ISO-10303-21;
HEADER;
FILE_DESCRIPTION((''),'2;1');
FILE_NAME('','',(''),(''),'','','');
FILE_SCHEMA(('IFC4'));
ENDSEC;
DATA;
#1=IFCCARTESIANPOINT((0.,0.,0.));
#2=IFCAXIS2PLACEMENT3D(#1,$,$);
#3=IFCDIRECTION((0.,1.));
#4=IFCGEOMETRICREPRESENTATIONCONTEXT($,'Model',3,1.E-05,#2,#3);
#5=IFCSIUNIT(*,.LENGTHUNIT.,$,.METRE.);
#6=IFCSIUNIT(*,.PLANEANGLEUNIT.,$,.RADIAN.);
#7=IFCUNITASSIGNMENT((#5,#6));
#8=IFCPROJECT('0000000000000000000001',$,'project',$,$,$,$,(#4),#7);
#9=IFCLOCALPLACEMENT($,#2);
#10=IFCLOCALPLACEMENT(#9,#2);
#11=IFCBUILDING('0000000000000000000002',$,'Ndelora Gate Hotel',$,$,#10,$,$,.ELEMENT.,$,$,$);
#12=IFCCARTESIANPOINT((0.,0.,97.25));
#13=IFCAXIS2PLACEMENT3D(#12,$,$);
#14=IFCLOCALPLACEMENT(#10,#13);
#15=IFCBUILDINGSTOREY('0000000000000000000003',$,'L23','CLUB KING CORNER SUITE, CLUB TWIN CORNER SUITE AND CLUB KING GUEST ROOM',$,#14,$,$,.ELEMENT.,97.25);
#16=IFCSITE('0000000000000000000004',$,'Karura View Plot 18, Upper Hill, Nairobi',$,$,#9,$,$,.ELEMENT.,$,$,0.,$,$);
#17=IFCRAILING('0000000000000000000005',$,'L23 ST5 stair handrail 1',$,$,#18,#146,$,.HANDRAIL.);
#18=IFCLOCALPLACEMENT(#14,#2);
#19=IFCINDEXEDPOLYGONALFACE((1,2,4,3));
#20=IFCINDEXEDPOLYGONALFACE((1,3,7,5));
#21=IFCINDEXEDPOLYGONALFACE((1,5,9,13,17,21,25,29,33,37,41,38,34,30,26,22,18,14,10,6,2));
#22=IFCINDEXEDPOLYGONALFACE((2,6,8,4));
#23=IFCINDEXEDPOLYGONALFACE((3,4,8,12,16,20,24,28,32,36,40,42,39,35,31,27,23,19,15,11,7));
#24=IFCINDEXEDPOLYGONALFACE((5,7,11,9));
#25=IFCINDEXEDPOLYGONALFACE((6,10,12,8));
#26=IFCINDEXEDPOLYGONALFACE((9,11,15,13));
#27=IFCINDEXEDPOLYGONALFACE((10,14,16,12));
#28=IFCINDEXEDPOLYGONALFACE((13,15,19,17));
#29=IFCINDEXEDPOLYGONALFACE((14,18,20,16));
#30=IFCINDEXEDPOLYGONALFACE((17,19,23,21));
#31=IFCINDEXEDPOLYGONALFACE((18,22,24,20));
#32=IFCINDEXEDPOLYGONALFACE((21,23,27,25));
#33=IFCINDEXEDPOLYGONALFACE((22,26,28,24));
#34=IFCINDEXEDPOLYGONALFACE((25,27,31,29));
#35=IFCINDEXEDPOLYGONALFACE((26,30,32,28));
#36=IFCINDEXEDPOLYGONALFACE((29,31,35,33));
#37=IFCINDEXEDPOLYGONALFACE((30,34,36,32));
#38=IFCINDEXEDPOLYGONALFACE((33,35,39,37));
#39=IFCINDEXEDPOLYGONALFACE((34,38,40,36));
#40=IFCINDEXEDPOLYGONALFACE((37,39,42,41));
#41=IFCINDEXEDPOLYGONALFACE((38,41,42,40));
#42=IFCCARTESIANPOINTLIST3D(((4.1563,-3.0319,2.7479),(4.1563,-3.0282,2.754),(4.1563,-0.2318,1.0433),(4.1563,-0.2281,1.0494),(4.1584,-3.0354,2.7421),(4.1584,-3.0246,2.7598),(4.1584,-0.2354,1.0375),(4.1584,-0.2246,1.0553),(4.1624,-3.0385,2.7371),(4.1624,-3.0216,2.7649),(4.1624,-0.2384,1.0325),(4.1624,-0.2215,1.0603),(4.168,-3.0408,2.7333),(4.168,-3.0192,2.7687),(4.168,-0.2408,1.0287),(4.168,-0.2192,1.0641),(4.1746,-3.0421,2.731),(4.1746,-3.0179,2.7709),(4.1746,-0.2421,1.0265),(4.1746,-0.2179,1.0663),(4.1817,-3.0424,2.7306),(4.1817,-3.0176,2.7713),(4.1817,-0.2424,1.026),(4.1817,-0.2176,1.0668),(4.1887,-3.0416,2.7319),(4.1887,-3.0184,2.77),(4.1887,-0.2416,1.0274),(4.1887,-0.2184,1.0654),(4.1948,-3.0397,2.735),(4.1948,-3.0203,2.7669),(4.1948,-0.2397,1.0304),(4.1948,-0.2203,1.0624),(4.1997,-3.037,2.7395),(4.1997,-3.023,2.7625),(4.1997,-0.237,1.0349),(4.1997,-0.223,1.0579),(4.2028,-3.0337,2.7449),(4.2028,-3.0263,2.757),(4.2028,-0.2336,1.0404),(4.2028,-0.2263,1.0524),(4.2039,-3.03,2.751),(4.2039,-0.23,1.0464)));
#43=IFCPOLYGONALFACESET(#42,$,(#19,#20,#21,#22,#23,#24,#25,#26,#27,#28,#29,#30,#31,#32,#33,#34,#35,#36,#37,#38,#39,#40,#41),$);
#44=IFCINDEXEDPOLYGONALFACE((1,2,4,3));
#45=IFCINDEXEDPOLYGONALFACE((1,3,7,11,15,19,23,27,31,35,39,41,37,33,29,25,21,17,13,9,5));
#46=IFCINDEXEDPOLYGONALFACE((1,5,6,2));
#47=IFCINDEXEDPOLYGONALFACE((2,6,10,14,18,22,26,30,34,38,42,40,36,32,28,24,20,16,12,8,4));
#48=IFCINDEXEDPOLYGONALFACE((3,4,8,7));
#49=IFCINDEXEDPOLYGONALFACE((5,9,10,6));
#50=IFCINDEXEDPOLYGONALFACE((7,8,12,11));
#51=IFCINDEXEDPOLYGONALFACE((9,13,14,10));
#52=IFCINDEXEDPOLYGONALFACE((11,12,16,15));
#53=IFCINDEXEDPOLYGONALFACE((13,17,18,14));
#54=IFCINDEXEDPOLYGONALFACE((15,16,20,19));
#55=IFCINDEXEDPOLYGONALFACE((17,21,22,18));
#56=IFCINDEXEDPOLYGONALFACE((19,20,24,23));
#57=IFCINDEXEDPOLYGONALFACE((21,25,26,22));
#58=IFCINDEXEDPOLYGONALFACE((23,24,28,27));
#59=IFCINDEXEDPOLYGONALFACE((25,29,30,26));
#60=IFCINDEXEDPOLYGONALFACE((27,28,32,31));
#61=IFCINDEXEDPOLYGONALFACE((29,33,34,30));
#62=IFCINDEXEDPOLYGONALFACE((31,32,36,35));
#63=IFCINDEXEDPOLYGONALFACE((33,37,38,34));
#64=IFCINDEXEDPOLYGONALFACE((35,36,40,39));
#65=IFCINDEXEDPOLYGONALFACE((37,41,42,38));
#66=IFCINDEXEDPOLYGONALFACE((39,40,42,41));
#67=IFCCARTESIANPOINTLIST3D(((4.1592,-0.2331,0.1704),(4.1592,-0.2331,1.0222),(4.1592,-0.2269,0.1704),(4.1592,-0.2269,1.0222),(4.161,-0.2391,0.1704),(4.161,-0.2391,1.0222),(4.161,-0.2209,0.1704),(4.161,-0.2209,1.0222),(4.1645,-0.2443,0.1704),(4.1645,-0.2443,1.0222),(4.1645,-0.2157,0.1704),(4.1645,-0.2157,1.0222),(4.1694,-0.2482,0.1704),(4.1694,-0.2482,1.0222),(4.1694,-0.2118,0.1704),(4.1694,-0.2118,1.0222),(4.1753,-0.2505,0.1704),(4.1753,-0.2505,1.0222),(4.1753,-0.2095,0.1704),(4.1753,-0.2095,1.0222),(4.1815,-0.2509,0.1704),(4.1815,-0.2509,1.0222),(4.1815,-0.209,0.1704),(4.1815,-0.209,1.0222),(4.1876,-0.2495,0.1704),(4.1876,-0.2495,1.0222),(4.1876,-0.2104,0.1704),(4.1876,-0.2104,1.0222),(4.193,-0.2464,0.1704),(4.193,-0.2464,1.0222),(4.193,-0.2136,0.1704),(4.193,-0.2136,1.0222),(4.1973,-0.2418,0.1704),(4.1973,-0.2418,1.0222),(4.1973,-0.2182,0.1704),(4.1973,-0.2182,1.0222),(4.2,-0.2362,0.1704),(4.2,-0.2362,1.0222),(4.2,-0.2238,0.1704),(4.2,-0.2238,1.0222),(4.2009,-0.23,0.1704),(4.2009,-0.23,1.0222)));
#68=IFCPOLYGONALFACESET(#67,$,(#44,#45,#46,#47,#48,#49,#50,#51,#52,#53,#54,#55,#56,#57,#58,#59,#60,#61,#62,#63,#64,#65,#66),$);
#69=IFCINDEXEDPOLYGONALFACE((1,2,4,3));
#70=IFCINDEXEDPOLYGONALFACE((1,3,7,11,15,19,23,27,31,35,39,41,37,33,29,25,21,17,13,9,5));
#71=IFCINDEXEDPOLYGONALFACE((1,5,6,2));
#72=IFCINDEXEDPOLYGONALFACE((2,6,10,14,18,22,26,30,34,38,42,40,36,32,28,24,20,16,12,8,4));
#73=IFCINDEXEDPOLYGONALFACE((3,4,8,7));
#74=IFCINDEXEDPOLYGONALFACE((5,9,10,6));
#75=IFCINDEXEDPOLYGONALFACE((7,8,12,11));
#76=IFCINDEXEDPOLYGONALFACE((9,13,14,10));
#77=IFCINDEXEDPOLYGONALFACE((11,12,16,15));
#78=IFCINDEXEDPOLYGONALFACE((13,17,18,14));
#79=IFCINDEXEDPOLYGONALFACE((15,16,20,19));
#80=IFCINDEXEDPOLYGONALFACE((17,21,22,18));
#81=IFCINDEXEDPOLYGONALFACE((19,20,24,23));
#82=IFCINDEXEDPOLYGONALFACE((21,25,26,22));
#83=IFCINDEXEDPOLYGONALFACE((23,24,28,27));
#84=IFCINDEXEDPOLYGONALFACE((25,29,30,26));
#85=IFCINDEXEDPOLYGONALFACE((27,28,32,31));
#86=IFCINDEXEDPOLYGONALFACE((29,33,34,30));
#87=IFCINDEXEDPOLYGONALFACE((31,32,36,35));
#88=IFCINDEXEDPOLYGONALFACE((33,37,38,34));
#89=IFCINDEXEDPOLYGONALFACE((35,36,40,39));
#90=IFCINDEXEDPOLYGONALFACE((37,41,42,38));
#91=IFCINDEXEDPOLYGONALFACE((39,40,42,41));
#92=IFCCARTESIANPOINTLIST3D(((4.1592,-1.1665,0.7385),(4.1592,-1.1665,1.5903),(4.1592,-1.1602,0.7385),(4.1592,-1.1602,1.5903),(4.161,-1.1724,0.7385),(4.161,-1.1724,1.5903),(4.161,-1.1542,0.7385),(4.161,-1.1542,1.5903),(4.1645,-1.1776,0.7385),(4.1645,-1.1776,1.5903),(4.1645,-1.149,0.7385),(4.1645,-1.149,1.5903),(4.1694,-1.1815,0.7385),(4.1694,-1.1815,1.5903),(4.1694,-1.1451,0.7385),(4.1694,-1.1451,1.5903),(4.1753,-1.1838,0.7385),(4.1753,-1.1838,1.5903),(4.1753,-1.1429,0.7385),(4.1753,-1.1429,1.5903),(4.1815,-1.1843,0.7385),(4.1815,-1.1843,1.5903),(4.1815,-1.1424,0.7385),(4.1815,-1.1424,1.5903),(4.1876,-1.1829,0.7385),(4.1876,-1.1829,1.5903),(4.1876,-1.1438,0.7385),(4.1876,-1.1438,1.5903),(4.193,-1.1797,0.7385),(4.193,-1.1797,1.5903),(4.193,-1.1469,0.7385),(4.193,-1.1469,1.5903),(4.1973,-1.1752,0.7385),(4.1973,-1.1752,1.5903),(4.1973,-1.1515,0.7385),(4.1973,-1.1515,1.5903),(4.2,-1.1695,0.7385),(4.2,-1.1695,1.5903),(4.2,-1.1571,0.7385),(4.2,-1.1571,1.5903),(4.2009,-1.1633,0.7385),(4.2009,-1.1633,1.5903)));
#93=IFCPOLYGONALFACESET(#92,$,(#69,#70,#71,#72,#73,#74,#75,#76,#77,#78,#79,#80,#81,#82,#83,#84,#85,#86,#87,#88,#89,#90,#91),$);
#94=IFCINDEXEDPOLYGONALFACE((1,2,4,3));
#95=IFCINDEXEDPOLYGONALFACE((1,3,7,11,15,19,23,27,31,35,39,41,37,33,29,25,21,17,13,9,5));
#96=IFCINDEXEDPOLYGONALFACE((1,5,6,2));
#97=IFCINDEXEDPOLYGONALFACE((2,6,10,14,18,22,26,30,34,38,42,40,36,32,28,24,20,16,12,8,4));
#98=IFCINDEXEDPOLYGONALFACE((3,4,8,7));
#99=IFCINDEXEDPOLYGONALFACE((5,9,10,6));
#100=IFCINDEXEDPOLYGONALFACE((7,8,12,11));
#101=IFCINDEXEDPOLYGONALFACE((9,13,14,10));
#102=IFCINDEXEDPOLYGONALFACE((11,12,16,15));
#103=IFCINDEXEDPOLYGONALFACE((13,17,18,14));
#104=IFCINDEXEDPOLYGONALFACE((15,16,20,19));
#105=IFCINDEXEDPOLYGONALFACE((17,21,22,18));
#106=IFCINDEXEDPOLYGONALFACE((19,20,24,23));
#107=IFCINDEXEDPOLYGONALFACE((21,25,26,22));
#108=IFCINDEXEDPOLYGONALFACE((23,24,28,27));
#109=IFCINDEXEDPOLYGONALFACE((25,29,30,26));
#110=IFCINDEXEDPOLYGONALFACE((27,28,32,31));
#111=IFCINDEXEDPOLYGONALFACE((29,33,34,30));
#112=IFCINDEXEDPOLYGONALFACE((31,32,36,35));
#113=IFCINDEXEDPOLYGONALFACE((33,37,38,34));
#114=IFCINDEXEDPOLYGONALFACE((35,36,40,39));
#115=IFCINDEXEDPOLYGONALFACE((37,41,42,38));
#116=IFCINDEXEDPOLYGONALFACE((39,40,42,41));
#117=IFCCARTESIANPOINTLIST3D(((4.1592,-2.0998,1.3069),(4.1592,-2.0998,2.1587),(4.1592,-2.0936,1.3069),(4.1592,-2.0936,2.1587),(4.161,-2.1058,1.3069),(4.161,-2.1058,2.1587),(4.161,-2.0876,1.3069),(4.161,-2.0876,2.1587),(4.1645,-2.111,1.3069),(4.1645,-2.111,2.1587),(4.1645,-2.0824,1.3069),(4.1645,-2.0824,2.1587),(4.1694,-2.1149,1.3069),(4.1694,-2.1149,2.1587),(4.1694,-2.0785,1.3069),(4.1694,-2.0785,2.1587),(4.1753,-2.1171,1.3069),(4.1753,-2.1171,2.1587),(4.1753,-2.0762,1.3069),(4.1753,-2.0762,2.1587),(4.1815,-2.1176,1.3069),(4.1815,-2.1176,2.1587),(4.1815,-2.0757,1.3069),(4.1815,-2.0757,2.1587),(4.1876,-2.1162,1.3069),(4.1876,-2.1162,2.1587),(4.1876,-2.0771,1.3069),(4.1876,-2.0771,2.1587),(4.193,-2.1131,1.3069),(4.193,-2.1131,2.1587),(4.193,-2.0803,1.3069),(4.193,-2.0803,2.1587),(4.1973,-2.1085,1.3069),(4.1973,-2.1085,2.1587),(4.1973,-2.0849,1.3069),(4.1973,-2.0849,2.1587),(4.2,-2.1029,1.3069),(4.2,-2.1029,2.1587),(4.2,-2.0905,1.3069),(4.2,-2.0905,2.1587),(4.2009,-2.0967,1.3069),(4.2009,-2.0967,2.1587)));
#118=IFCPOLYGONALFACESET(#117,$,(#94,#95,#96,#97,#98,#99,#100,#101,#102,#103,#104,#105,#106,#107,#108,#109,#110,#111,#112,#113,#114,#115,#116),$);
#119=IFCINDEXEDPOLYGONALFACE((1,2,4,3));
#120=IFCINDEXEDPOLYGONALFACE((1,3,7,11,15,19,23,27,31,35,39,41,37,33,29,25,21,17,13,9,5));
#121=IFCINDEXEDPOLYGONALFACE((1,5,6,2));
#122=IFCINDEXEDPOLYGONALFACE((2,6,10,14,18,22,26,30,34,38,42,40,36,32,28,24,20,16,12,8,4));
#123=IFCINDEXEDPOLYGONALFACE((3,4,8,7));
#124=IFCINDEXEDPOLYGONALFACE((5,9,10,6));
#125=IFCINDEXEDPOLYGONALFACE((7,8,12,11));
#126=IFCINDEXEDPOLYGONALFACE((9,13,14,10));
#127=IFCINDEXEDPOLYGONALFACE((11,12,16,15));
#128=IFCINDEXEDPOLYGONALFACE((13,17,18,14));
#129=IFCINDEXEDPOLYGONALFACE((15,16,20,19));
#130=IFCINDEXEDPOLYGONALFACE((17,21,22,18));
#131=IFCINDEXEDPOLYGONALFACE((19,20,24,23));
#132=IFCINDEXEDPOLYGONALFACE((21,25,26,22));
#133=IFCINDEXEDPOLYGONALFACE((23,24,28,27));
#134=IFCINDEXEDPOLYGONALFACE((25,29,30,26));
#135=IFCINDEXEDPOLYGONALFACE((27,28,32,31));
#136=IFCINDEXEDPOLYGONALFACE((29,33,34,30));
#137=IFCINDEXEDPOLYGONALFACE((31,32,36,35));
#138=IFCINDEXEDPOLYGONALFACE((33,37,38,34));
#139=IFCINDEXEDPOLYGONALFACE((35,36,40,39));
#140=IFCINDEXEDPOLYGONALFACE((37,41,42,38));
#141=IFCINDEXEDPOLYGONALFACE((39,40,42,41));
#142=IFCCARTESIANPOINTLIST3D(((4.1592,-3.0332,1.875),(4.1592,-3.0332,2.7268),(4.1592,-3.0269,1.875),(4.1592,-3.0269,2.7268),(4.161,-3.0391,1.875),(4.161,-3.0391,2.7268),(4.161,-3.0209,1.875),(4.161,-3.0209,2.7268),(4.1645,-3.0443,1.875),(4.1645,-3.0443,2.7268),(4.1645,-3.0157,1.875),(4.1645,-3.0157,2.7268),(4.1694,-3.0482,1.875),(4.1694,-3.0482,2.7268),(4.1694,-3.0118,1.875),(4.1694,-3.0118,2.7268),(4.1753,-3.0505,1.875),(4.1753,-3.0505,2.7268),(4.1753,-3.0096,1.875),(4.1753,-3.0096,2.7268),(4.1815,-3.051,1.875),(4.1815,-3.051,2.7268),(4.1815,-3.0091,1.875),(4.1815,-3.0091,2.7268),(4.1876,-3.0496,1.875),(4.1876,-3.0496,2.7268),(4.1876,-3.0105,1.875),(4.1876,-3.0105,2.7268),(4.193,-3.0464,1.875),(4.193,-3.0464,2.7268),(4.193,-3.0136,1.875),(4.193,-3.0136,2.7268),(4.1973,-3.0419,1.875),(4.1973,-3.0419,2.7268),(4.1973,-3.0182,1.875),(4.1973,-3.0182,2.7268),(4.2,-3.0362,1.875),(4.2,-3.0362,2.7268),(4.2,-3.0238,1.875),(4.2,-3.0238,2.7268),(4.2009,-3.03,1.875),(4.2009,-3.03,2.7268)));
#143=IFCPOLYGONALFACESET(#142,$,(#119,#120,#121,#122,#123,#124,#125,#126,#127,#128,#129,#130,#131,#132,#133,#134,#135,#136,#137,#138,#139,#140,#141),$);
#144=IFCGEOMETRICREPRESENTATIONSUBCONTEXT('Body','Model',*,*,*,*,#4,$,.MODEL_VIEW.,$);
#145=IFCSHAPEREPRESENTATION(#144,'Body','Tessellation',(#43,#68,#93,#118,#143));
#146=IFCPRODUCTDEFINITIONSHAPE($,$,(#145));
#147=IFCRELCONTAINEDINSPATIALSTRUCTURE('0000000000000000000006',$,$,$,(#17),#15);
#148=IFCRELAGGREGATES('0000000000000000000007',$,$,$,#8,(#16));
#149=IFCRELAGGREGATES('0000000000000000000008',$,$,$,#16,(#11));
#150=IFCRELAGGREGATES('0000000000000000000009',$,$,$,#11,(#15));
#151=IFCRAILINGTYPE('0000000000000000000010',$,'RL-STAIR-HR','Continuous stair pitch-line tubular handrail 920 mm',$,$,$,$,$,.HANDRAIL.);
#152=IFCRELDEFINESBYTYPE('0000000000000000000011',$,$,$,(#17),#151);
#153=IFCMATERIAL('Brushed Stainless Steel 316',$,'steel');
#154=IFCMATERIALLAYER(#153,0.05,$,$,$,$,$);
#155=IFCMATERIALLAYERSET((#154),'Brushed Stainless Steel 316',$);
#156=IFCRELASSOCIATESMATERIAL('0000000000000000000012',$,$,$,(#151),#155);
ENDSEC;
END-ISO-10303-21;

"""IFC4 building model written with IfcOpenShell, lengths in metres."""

from ifc_helpers import new_model, si_unit, direction, frame, origin, origin_2d, place, context, subcontext, project, spatial, circle, extrude, material, layer, layer_set, type_object, element, save


model = new_model("IFC4")

# Units and contexts
model_context = context("Model", 3, precision=1e-05, world=origin(), true_north=direction((0.0, 1.0)))
body_context = subcontext(model_context, "Body", "Model", "MODEL_VIEW")
ifc_project = project(units=[si_unit("LENGTHUNIT", "METRE"), si_unit("PLANEANGLEUNIT", "RADIAN")], contexts=[model_context])

# Site, building, storey
site_placement = place(None, origin())
site = spatial("IfcSite", under=ifc_project, at=site_placement, Name="Karura View Plot 18, Upper Hill, Nairobi", CompositionType="ELEMENT", RefElevation=0.0)
building_placement = place(site_placement, origin())
building = spatial("IfcBuilding", under=site, at=building_placement, Name="Ndelora Gate Hotel", CompositionType="ELEMENT")
storey_placement = place(building_placement, frame((0.0, 0.0, 97.25)))
storey = spatial("IfcBuildingStorey", under=building, at=storey_placement, Name="L23", Description="CLUB KING CORNER SUITE, CLUB TWIN CORNER SUITE AND CLUB KING GUEST ROOM", CompositionType="ELEMENT", Elevation=97.25)

# Railing
ifc_material_1 = material(Name="Brushed Stainless Steel 316", Category="steel")
ifc_layer_1 = layer(ifc_material_1, 0.05)
ifc_layer_set_1 = layer_set([ifc_layer_1], Name="Brushed Stainless Steel 316")
railing_type_1 = type_object("IfcRailingType", Name="RL-STAIR-HR", Description="Continuous stair pitch-line tubular handrail 920 mm", PredefinedType="HANDRAIL", material=ifc_layer_set_1)
railing_1_placement = place(storey_placement, frame((4.1799, -0.23, 0.1704)))
element("IfcRailing", 1, at=railing_1_placement, inside=storey, type_object=railing_type_1, Name="L23 ST5 stair handrail 1", PredefinedType="HANDRAIL", context=body_context, shape_type="SweptSolid", body=[
    extrude(circle(Radius=0.0239, at=origin_2d()), frame((0.0, 0.0, 0.876), z_axis=(0.0, -0.85417, 0.519994), x_axis=(1.0, 0.0, 0.0)), (0.0, 0.0, 1.0), 3.2781),
    extrude(circle(Radius=0.021, at=origin_2d()), origin(), (0.0, 0.0, 1.0), 0.8518),
    extrude(circle(Radius=0.021, at=origin_2d()), frame((0.0, -0.9333, 0.5681)), (0.0, 0.0, 1.0), 0.8518),
    extrude(circle(Radius=0.021, at=origin_2d()), frame((0.0, -1.8667, 1.1365)), (0.0, 0.0, 1.0), 0.8518),
    extrude(circle(Radius=0.021, at=origin_2d()), frame((0.0, -2.8, 1.7046)), (0.0, 0.0, 1.0), 0.8518),
])

save(model, "model.ifc")
